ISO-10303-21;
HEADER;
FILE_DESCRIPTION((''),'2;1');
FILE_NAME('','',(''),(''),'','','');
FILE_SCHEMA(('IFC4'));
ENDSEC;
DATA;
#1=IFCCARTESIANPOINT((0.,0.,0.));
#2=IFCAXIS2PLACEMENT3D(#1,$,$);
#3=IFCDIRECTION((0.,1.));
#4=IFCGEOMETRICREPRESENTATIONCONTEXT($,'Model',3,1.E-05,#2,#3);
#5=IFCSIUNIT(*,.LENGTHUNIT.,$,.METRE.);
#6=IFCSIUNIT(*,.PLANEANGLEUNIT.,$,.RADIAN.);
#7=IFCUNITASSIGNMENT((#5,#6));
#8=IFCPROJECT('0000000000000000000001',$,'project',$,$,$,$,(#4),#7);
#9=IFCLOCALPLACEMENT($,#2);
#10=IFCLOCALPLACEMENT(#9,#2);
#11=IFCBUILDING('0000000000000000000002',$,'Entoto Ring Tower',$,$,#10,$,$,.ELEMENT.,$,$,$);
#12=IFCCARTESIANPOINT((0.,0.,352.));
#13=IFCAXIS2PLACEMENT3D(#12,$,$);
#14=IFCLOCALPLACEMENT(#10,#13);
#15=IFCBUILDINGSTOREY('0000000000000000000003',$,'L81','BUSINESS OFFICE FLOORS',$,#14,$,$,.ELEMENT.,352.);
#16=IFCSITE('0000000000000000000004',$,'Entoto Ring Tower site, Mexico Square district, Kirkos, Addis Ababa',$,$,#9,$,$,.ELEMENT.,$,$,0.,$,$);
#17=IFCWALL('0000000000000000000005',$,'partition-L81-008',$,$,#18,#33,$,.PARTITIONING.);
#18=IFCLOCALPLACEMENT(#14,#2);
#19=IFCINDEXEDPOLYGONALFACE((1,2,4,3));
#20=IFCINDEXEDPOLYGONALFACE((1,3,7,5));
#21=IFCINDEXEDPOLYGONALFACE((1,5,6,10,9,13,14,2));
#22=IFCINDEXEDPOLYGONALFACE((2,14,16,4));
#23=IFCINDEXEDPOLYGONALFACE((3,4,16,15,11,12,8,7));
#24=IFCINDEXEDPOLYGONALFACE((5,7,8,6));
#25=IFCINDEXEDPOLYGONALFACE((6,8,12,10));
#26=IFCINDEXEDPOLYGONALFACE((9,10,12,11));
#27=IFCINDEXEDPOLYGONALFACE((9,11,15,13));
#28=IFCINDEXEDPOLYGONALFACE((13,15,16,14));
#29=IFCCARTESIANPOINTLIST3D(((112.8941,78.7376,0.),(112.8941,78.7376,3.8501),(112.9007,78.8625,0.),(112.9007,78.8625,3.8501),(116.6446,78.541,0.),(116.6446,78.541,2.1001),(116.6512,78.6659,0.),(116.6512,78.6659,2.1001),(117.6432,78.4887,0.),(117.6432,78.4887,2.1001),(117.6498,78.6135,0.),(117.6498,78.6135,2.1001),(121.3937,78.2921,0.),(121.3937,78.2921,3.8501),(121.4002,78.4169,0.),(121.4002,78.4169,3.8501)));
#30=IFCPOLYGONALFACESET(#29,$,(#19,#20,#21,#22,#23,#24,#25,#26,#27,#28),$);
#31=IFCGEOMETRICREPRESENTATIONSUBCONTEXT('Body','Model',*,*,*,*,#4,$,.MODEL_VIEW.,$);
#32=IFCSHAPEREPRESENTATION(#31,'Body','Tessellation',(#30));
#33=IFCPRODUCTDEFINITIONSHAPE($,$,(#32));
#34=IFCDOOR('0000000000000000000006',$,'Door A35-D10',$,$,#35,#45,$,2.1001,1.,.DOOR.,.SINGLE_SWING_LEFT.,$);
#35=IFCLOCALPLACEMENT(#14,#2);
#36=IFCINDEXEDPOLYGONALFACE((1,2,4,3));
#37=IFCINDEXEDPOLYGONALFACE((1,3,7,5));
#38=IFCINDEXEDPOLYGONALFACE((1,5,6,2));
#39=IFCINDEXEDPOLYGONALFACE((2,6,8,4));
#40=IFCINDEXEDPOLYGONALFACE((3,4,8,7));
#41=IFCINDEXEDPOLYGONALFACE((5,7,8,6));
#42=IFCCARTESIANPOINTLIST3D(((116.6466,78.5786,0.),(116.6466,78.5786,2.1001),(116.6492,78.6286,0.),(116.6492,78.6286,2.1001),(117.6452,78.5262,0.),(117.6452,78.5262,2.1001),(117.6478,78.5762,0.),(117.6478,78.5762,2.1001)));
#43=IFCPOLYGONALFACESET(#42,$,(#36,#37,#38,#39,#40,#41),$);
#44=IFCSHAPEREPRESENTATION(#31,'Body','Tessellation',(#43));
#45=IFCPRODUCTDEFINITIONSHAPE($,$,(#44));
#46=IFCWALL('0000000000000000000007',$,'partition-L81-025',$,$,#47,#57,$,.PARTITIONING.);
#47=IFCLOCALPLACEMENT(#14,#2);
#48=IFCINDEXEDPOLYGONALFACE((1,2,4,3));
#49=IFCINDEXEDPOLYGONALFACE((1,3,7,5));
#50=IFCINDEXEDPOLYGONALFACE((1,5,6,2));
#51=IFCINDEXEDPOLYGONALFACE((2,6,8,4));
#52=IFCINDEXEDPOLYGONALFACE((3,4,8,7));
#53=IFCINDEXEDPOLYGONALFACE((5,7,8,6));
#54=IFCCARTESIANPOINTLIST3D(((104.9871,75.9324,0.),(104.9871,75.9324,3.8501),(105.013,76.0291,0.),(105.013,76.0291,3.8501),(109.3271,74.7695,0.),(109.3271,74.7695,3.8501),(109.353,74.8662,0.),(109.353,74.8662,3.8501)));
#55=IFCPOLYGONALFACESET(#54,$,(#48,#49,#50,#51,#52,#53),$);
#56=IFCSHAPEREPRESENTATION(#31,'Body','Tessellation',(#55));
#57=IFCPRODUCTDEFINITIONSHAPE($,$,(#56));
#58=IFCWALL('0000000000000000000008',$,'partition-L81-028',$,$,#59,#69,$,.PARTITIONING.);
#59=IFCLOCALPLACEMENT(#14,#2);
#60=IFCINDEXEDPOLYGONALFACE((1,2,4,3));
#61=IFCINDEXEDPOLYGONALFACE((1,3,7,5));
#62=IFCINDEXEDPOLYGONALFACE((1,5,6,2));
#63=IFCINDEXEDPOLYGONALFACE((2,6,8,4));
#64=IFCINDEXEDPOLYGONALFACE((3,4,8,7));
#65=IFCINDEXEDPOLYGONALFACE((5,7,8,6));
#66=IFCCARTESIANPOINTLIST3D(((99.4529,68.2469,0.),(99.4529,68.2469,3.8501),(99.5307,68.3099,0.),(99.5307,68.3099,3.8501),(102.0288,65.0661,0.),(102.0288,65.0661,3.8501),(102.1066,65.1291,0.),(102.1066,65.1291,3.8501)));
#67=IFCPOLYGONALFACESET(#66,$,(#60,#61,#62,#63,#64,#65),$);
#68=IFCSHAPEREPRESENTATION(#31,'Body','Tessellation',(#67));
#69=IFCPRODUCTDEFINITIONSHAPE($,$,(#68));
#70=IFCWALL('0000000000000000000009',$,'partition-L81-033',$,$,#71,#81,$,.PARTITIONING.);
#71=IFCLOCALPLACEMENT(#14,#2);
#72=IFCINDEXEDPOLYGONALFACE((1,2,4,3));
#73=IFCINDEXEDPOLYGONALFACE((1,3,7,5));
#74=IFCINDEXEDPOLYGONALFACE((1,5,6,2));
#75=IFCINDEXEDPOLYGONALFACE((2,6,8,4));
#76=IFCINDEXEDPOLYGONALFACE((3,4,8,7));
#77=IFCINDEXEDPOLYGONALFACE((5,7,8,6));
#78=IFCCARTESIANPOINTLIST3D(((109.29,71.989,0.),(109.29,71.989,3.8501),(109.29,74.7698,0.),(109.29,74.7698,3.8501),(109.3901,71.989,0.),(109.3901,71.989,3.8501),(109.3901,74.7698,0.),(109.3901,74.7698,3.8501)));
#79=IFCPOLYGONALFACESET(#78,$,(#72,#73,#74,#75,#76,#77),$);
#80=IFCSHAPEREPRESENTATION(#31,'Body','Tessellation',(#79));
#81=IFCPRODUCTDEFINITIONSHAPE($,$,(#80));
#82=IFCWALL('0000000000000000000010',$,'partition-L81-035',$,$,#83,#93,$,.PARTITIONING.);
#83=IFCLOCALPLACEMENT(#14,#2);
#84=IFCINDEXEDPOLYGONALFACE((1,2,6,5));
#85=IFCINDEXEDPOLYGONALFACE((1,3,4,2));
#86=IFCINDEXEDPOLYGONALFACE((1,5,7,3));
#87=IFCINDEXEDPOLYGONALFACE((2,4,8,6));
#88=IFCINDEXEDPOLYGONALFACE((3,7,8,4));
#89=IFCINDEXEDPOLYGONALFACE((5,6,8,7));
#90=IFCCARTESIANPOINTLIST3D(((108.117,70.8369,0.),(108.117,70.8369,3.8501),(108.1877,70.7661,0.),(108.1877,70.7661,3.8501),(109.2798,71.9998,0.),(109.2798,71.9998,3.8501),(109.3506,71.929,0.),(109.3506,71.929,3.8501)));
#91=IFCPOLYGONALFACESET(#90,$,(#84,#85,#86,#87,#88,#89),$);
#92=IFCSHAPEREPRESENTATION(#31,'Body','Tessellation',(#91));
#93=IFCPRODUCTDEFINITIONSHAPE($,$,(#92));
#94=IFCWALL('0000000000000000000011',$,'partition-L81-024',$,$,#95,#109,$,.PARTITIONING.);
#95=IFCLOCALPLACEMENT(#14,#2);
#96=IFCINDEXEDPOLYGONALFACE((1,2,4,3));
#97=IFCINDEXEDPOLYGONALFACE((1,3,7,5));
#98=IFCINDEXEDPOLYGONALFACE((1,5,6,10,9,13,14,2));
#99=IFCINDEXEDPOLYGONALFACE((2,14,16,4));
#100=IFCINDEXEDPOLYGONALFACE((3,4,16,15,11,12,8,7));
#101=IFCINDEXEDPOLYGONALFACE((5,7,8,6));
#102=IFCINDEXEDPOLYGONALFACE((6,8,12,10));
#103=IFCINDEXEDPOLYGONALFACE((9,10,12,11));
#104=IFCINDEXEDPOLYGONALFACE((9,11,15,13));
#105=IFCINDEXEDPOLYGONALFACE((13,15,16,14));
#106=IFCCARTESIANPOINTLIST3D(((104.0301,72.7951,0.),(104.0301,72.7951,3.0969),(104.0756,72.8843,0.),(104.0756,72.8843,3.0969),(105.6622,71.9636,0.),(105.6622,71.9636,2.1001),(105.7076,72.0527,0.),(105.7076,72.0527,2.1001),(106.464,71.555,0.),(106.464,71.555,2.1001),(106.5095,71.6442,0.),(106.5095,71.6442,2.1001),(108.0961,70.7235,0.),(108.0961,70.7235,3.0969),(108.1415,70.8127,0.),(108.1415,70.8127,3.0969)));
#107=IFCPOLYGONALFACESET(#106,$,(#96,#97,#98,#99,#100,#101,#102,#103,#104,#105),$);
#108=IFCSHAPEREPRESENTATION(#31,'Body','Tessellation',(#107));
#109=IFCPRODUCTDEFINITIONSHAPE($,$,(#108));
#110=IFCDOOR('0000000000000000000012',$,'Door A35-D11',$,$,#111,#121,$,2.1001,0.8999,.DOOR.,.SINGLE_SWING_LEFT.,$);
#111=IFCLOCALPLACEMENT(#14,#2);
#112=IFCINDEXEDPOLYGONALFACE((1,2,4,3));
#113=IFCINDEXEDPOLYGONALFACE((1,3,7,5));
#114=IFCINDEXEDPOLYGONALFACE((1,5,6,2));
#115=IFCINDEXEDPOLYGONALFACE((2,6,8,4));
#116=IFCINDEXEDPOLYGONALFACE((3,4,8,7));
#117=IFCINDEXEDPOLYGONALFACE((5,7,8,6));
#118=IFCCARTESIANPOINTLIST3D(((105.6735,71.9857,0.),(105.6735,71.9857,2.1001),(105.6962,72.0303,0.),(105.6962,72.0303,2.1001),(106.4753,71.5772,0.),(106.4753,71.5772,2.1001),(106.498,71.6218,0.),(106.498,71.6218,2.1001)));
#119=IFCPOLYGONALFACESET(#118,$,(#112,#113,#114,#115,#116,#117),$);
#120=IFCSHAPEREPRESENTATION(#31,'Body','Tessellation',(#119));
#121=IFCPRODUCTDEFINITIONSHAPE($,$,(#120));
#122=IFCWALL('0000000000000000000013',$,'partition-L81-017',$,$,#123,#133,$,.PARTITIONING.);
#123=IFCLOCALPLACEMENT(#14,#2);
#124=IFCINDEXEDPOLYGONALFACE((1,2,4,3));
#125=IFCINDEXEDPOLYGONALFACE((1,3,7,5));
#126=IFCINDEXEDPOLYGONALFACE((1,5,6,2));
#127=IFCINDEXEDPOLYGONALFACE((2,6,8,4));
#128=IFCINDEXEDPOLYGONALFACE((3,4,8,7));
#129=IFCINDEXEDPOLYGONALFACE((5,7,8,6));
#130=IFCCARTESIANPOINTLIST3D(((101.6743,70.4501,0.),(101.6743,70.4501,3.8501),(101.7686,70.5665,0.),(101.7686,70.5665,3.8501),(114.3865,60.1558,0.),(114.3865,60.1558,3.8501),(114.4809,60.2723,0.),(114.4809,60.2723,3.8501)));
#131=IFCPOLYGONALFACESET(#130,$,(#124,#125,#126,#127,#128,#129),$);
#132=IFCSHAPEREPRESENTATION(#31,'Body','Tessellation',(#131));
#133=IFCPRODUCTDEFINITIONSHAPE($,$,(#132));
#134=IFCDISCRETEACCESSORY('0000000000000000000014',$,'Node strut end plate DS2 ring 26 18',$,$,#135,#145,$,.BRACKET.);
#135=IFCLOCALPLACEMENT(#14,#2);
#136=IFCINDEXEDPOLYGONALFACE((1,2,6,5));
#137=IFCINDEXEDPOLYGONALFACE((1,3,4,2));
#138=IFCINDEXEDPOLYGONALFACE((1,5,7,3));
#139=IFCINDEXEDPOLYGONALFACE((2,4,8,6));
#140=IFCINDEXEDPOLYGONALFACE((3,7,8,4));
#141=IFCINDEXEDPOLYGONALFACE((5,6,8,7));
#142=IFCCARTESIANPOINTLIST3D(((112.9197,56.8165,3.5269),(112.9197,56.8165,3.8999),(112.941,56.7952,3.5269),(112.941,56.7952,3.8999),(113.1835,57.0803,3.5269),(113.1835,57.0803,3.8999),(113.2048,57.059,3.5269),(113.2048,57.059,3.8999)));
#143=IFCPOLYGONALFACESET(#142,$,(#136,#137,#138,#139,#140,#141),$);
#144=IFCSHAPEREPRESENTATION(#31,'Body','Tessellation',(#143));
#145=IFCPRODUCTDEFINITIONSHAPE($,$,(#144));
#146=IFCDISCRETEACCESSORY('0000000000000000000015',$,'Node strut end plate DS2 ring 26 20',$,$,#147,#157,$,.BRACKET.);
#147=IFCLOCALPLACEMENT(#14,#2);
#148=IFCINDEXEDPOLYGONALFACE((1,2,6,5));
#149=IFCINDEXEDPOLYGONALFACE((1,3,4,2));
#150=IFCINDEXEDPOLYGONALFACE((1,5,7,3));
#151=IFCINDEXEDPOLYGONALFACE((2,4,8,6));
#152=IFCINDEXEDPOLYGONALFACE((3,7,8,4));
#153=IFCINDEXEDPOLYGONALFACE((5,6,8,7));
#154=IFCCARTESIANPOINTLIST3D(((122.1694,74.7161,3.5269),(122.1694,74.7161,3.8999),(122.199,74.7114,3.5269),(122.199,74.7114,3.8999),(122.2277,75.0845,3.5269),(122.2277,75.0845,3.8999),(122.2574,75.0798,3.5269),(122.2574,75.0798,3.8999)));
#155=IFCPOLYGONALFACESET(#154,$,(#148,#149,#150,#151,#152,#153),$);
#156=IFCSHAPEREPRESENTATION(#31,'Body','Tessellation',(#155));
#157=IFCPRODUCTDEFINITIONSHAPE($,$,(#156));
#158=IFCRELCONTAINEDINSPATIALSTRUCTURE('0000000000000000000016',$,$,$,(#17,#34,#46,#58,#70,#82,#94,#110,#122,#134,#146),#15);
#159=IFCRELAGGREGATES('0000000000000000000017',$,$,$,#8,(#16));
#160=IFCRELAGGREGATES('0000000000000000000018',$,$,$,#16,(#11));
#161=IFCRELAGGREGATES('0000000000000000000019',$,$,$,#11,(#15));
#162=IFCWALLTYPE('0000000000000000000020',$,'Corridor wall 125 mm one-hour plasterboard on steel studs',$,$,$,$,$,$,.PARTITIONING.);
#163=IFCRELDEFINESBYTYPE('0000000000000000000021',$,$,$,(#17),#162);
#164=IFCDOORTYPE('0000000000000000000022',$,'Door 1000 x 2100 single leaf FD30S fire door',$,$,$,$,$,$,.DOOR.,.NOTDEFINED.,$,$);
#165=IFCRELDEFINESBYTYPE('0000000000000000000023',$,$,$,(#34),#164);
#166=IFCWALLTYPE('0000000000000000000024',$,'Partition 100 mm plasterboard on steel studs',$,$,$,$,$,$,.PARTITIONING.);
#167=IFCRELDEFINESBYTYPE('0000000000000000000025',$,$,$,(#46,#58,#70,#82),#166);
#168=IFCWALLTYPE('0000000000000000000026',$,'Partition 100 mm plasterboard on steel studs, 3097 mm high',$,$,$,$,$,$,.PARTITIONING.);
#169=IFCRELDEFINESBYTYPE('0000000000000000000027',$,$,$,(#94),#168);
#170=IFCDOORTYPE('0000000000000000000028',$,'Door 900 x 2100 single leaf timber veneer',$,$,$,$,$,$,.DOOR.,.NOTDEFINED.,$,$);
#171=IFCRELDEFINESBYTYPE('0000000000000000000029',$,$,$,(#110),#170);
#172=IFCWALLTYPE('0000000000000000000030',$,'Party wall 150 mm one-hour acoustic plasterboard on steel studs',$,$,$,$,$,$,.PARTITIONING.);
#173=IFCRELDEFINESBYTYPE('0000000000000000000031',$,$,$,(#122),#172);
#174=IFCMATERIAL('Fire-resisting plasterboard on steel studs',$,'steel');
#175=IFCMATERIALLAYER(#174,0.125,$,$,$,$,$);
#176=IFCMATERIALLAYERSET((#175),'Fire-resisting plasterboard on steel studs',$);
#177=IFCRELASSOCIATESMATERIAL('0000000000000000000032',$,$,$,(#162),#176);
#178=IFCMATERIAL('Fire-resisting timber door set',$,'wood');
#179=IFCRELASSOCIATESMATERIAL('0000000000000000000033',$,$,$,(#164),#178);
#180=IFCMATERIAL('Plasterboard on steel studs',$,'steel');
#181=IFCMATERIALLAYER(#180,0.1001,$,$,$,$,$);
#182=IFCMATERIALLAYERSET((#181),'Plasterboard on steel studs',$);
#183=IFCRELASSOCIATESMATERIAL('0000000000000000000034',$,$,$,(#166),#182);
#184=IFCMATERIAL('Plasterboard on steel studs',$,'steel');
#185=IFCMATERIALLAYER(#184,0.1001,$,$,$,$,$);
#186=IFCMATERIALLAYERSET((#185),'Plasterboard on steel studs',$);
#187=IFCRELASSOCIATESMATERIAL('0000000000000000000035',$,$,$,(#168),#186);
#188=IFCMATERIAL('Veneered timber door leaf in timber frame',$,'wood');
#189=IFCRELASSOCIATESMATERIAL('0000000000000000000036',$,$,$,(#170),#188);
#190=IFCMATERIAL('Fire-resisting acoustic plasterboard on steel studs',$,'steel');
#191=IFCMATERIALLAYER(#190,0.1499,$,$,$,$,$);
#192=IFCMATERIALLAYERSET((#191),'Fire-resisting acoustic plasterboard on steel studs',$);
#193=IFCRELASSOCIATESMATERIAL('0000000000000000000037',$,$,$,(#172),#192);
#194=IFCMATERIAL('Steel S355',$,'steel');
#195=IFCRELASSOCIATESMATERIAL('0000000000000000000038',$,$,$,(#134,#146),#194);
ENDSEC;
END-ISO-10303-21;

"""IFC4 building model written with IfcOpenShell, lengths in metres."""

from ifc_helpers import new_model, si_unit, direction, frame, frame_2d, origin, origin_2d, place, context, subcontext, project, spatial, rectangle, extrude, material, layer, layer_set, type_object, element, fill, save


model = new_model("IFC4")

# Units and contexts
model_context = context("Model", 3, precision=1e-05, world=origin(), true_north=direction((0.0, 1.0)))
body_context = subcontext(model_context, "Body", "Model", "MODEL_VIEW")
ifc_project = project(units=[si_unit("LENGTHUNIT", "METRE"), si_unit("PLANEANGLEUNIT", "RADIAN")], contexts=[model_context])

# Site, building, storey
site_placement = place(None, origin())
site = spatial("IfcSite", under=ifc_project, at=site_placement, Name="Entoto Ring Tower site, Mexico Square district, Kirkos, Addis Ababa", CompositionType="ELEMENT", RefElevation=0.0)
building_placement = place(site_placement, origin())
building = spatial("IfcBuilding", under=site, at=building_placement, Name="Entoto Ring Tower", CompositionType="ELEMENT")
storey_placement = place(building_placement, frame((0.0, 0.0, 352.0)))
storey = spatial("IfcBuildingStorey", under=building, at=storey_placement, Name="L81", Description="BUSINESS OFFICE FLOORS", CompositionType="ELEMENT", Elevation=352.0)

# Wall, opening, door
ifc_material_1 = material(Name="Fire-resisting plasterboard on steel studs", Category="steel")
ifc_layer_1 = layer(ifc_material_1, 0.125)
ifc_layer_set_1 = layer_set([ifc_layer_1], Name="Fire-resisting plasterboard on steel studs")
wall_type_1 = type_object("IfcWallType", Name="Corridor wall 125 mm one-hour plasterboard on steel studs", PredefinedType="PARTITIONING", material=ifc_layer_set_1)
wall_1_placement = place(storey_placement, frame((121.397, 78.3545, 0.0), z_axis=(0.0, 0.0, 1.0), x_axis=(-0.998629, 0.05235, 0.0)))
wall_1 = element("IfcWall", 1, at=wall_1_placement, inside=storey, type_object=wall_type_1, Name="partition-L81-008", PredefinedType="PARTITIONING", context=body_context, shape_type="SweptSolid", body=[
    extrude(rectangle(XDim=8.5112, YDim=0.125, at=frame_2d((4.2556, 0.0))), origin(), (0.0, 0.0, 1.0), 3.8501),
])
opening_1_placement = place(wall_1_placement, frame((3.7556, 0.0, 0.0)))
opening_1 = element("IfcOpeningElement", 2, at=opening_1_placement, cuts=wall_1, PredefinedType="OPENING", context=body_context, shape_type="SweptSolid", body=[
    extrude(rectangle(XDim=1.0, YDim=2.1001, at=frame_2d((0.5, 1.05))), frame((0.0, 0.0725, 0.0), z_axis=(0.0, -1.0, 0.0), x_axis=(1.0, 0.0, 0.0)), (0.0, 0.0, 1.0), 0.145),
])
ifc_material_2 = material(Name="Fire-resisting timber door set", Category="wood")
door_type_1 = type_object("IfcDoorType", Name="Door 1000 x 2100 single leaf FD30S fire door", OperationType="NOTDEFINED", PredefinedType="DOOR", material=ifc_material_2)
door_1_placement = place(opening_1_placement, origin())
door_1 = element("IfcDoor", 3, at=door_1_placement, inside=storey, type_object=door_type_1, Name="Door A35-D10", OperationType="SINGLE_SWING_LEFT", OverallHeight=2.1001, OverallWidth=1.0, PredefinedType="DOOR", context=body_context, shape_type="SweptSolid", body=[
    extrude(rectangle(XDim=1.0, YDim=2.1001, at=frame_2d((0.5, 1.05))), frame((0.0, 0.0249, 0.0), z_axis=(0.0, -1.0, 0.0), x_axis=(1.0, 0.0, 0.0)), (0.0, 0.0, 1.0), 0.05),
])
fill(opening_1, door_1)

# Walls
ifc_material_3 = material(Name="Plasterboard on steel studs", Category="steel")
ifc_layer_2 = layer(ifc_material_3, 0.1001)
ifc_layer_set_2 = layer_set([ifc_layer_2], Name="Plasterboard on steel studs")
wall_type_2 = type_object("IfcWallType", Name="Partition 100 mm plasterboard on steel studs", PredefinedType="PARTITIONING", material=ifc_layer_set_2)
wall_2_placement = place(storey_placement, frame((109.3401, 74.8179, 0.0), z_axis=(0.0, 0.0, 1.0), x_axis=(-0.96593, 0.258802, 0.0)))
element("IfcWall", 4, at=wall_2_placement, inside=storey, type_object=wall_type_2, Name="partition-L81-025", PredefinedType="PARTITIONING", context=body_context, shape_type="SweptSolid", body=[
    extrude(rectangle(XDim=4.4932, YDim=0.1001, at=frame_2d((2.2466, 0.0))), origin(), (0.0, 0.0, 1.0), 3.8501),
])
wall_3_placement = place(storey_placement, frame((102.0676, 65.0977, 0.0), z_axis=(0.0, 0.0, 1.0), x_axis=(-0.629332, 0.777137, 0.0)))
element("IfcWall", 5, at=wall_3_placement, inside=storey, type_object=wall_type_2, Name="partition-L81-028", PredefinedType="PARTITIONING", context=body_context, shape_type="SweptSolid", body=[
    extrude(rectangle(XDim=4.093, YDim=0.1001, at=frame_2d((2.0464, 0.0))), origin(), (0.0, 0.0, 1.0), 3.8501),
])
wall_4_placement = place(storey_placement, frame((109.3401, 71.989, 0.0), z_axis=(0.0, 0.0, 1.0), x_axis=(0.0, 1.0, 0.0)))
element("IfcWall", 6, at=wall_4_placement, inside=storey, type_object=wall_type_2, Name="partition-L81-033", PredefinedType="PARTITIONING", context=body_context, shape_type="SweptSolid", body=[
    extrude(rectangle(XDim=2.7808, YDim=0.1001, at=frame_2d((1.3904, 0.0))), origin(), (0.0, 0.0, 1.0), 3.8501),
])
wall_5_placement = place(storey_placement, frame((108.1523, 70.8015, 0.0), z_axis=(0.0, 0.0, 1.0), x_axis=(0.707107, 0.707107, 0.0)))
element("IfcWall", 7, at=wall_5_placement, inside=storey, type_object=wall_type_2, Name="partition-L81-035", PredefinedType="PARTITIONING", context=body_context, shape_type="SweptSolid", body=[
    extrude(rectangle(XDim=1.6445, YDim=0.1001, at=frame_2d((0.8223, 0.0))), origin(), (0.0, 0.0, 1.0), 3.8501),
])

# Wall, opening, door
ifc_material_4 = material(Name="Plasterboard on steel studs", Category="steel")
ifc_layer_3 = layer(ifc_material_4, 0.1001)
ifc_layer_set_3 = layer_set([ifc_layer_3], Name="Plasterboard on steel studs")
wall_type_3 = type_object("IfcWallType", Name="Partition 100 mm plasterboard on steel studs, 3097 mm high", PredefinedType="PARTITIONING", material=ifc_layer_set_3)
wall_6_placement = place(storey_placement, frame((108.1189, 70.7681, 0.0), z_axis=(0.0, 0.0, 1.0), x_axis=(-0.89102, 0.453963, 0.0)))
wall_6 = element("IfcWall", 8, at=wall_6_placement, inside=storey, type_object=wall_type_3, Name="partition-L81-024", PredefinedType="PARTITIONING", context=body_context, shape_type="SweptSolid", body=[
    extrude(rectangle(XDim=4.5632, YDim=0.1001, at=frame_2d((2.2817, 0.0))), origin(), (0.0, 0.0, 1.0), 3.0969),
])
opening_2_placement = place(wall_6_placement, frame((1.8318, 0.0, 0.0)))
opening_2 = element("IfcOpeningElement", 9, at=opening_2_placement, cuts=wall_6, PredefinedType="OPENING", context=body_context, shape_type="SweptSolid", body=[
    extrude(rectangle(XDim=0.8999, YDim=2.1001, at=frame_2d((0.45, 1.05))), frame((0.0, 0.0601, 0.0), z_axis=(0.0, -1.0, 0.0), x_axis=(1.0, 0.0, 0.0)), (0.0, 0.0, 1.0), 0.1201),
])
ifc_material_5 = material(Name="Veneered timber door leaf in timber frame", Category="wood")
door_type_2 = type_object("IfcDoorType", Name="Door 900 x 2100 single leaf timber veneer", OperationType="NOTDEFINED", PredefinedType="DOOR", material=ifc_material_5)
door_2_placement = place(opening_2_placement, frame((0.8999, 0.0, 0.0), z_axis=(0.0, 0.0, 1.0), x_axis=(-1.0, 0.0, 0.0)))
door_2 = element("IfcDoor", 10, at=door_2_placement, inside=storey, type_object=door_type_2, Name="Door A35-D11", OperationType="SINGLE_SWING_LEFT", OverallHeight=2.1001, OverallWidth=0.8999, PredefinedType="DOOR", context=body_context, shape_type="SweptSolid", body=[
    extrude(rectangle(XDim=0.8999, YDim=2.1001, at=frame_2d((0.45, 1.05))), frame((0.0, 0.0249, 0.0), z_axis=(0.0, -1.0, 0.0), x_axis=(1.0, 0.0, 0.0)), (0.0, 0.0, 1.0), 0.05),
])
fill(opening_2, door_2)

# Wall
ifc_material_6 = material(Name="Fire-resisting acoustic plasterboard on steel studs", Category="steel")
ifc_layer_4 = layer(ifc_material_6, 0.1499)
ifc_layer_set_4 = layer_set([ifc_layer_4], Name="Fire-resisting acoustic plasterboard on steel studs")
wall_type_4 = type_object("IfcWallType", Name="Party wall 150 mm one-hour acoustic plasterboard on steel studs", PredefinedType="PARTITIONING", material=ifc_layer_set_4)
wall_7_placement = place(storey_placement, frame((114.4336, 60.2141, 0.0), z_axis=(0.0, 0.0, 1.0), x_axis=(-0.777143, 0.629324, 0.0)))
element("IfcWall", 11, at=wall_7_placement, inside=storey, type_object=wall_type_4, Name="partition-L81-017", PredefinedType="PARTITIONING", context=body_context, shape_type="SweptSolid", body=[
    extrude(rectangle(XDim=16.3577, YDim=0.1499, at=frame_2d((8.1787, 0.0))), origin(), (0.0, 0.0, 1.0), 3.8501),
])

# Discrete accessories
ifc_material_7 = material(Name="Steel S355", Category="steel")
for number, where, z_axis, x_axis, name in (
    (12, (113.0623, 56.9377, 3.5269), (0.0, 0.0, 1.0), (0.707107, -0.707107, 0.0), "Node strut end plate DS2 ring 26 18"),
    (13, (122.2134, 74.8979, 3.5269), (0.0, 0.0, 1.0), (0.987688, -0.156434, 0.0), "Node strut end plate DS2 ring 26 20"),
):
    element("IfcDiscreteAccessory", number, at=place(storey_placement, frame(where, z_axis=z_axis, x_axis=x_axis)), inside=storey, material=ifc_material_7, Name=name, PredefinedType="BRACKET", context=body_context, shape_type="SweptSolid", body=[
        extrude(rectangle(XDim=0.03, YDim=0.373, at=origin_2d()), origin(), (0.0, 0.0, 1.0), 0.373),
    ])

save(model, "model.ifc")
